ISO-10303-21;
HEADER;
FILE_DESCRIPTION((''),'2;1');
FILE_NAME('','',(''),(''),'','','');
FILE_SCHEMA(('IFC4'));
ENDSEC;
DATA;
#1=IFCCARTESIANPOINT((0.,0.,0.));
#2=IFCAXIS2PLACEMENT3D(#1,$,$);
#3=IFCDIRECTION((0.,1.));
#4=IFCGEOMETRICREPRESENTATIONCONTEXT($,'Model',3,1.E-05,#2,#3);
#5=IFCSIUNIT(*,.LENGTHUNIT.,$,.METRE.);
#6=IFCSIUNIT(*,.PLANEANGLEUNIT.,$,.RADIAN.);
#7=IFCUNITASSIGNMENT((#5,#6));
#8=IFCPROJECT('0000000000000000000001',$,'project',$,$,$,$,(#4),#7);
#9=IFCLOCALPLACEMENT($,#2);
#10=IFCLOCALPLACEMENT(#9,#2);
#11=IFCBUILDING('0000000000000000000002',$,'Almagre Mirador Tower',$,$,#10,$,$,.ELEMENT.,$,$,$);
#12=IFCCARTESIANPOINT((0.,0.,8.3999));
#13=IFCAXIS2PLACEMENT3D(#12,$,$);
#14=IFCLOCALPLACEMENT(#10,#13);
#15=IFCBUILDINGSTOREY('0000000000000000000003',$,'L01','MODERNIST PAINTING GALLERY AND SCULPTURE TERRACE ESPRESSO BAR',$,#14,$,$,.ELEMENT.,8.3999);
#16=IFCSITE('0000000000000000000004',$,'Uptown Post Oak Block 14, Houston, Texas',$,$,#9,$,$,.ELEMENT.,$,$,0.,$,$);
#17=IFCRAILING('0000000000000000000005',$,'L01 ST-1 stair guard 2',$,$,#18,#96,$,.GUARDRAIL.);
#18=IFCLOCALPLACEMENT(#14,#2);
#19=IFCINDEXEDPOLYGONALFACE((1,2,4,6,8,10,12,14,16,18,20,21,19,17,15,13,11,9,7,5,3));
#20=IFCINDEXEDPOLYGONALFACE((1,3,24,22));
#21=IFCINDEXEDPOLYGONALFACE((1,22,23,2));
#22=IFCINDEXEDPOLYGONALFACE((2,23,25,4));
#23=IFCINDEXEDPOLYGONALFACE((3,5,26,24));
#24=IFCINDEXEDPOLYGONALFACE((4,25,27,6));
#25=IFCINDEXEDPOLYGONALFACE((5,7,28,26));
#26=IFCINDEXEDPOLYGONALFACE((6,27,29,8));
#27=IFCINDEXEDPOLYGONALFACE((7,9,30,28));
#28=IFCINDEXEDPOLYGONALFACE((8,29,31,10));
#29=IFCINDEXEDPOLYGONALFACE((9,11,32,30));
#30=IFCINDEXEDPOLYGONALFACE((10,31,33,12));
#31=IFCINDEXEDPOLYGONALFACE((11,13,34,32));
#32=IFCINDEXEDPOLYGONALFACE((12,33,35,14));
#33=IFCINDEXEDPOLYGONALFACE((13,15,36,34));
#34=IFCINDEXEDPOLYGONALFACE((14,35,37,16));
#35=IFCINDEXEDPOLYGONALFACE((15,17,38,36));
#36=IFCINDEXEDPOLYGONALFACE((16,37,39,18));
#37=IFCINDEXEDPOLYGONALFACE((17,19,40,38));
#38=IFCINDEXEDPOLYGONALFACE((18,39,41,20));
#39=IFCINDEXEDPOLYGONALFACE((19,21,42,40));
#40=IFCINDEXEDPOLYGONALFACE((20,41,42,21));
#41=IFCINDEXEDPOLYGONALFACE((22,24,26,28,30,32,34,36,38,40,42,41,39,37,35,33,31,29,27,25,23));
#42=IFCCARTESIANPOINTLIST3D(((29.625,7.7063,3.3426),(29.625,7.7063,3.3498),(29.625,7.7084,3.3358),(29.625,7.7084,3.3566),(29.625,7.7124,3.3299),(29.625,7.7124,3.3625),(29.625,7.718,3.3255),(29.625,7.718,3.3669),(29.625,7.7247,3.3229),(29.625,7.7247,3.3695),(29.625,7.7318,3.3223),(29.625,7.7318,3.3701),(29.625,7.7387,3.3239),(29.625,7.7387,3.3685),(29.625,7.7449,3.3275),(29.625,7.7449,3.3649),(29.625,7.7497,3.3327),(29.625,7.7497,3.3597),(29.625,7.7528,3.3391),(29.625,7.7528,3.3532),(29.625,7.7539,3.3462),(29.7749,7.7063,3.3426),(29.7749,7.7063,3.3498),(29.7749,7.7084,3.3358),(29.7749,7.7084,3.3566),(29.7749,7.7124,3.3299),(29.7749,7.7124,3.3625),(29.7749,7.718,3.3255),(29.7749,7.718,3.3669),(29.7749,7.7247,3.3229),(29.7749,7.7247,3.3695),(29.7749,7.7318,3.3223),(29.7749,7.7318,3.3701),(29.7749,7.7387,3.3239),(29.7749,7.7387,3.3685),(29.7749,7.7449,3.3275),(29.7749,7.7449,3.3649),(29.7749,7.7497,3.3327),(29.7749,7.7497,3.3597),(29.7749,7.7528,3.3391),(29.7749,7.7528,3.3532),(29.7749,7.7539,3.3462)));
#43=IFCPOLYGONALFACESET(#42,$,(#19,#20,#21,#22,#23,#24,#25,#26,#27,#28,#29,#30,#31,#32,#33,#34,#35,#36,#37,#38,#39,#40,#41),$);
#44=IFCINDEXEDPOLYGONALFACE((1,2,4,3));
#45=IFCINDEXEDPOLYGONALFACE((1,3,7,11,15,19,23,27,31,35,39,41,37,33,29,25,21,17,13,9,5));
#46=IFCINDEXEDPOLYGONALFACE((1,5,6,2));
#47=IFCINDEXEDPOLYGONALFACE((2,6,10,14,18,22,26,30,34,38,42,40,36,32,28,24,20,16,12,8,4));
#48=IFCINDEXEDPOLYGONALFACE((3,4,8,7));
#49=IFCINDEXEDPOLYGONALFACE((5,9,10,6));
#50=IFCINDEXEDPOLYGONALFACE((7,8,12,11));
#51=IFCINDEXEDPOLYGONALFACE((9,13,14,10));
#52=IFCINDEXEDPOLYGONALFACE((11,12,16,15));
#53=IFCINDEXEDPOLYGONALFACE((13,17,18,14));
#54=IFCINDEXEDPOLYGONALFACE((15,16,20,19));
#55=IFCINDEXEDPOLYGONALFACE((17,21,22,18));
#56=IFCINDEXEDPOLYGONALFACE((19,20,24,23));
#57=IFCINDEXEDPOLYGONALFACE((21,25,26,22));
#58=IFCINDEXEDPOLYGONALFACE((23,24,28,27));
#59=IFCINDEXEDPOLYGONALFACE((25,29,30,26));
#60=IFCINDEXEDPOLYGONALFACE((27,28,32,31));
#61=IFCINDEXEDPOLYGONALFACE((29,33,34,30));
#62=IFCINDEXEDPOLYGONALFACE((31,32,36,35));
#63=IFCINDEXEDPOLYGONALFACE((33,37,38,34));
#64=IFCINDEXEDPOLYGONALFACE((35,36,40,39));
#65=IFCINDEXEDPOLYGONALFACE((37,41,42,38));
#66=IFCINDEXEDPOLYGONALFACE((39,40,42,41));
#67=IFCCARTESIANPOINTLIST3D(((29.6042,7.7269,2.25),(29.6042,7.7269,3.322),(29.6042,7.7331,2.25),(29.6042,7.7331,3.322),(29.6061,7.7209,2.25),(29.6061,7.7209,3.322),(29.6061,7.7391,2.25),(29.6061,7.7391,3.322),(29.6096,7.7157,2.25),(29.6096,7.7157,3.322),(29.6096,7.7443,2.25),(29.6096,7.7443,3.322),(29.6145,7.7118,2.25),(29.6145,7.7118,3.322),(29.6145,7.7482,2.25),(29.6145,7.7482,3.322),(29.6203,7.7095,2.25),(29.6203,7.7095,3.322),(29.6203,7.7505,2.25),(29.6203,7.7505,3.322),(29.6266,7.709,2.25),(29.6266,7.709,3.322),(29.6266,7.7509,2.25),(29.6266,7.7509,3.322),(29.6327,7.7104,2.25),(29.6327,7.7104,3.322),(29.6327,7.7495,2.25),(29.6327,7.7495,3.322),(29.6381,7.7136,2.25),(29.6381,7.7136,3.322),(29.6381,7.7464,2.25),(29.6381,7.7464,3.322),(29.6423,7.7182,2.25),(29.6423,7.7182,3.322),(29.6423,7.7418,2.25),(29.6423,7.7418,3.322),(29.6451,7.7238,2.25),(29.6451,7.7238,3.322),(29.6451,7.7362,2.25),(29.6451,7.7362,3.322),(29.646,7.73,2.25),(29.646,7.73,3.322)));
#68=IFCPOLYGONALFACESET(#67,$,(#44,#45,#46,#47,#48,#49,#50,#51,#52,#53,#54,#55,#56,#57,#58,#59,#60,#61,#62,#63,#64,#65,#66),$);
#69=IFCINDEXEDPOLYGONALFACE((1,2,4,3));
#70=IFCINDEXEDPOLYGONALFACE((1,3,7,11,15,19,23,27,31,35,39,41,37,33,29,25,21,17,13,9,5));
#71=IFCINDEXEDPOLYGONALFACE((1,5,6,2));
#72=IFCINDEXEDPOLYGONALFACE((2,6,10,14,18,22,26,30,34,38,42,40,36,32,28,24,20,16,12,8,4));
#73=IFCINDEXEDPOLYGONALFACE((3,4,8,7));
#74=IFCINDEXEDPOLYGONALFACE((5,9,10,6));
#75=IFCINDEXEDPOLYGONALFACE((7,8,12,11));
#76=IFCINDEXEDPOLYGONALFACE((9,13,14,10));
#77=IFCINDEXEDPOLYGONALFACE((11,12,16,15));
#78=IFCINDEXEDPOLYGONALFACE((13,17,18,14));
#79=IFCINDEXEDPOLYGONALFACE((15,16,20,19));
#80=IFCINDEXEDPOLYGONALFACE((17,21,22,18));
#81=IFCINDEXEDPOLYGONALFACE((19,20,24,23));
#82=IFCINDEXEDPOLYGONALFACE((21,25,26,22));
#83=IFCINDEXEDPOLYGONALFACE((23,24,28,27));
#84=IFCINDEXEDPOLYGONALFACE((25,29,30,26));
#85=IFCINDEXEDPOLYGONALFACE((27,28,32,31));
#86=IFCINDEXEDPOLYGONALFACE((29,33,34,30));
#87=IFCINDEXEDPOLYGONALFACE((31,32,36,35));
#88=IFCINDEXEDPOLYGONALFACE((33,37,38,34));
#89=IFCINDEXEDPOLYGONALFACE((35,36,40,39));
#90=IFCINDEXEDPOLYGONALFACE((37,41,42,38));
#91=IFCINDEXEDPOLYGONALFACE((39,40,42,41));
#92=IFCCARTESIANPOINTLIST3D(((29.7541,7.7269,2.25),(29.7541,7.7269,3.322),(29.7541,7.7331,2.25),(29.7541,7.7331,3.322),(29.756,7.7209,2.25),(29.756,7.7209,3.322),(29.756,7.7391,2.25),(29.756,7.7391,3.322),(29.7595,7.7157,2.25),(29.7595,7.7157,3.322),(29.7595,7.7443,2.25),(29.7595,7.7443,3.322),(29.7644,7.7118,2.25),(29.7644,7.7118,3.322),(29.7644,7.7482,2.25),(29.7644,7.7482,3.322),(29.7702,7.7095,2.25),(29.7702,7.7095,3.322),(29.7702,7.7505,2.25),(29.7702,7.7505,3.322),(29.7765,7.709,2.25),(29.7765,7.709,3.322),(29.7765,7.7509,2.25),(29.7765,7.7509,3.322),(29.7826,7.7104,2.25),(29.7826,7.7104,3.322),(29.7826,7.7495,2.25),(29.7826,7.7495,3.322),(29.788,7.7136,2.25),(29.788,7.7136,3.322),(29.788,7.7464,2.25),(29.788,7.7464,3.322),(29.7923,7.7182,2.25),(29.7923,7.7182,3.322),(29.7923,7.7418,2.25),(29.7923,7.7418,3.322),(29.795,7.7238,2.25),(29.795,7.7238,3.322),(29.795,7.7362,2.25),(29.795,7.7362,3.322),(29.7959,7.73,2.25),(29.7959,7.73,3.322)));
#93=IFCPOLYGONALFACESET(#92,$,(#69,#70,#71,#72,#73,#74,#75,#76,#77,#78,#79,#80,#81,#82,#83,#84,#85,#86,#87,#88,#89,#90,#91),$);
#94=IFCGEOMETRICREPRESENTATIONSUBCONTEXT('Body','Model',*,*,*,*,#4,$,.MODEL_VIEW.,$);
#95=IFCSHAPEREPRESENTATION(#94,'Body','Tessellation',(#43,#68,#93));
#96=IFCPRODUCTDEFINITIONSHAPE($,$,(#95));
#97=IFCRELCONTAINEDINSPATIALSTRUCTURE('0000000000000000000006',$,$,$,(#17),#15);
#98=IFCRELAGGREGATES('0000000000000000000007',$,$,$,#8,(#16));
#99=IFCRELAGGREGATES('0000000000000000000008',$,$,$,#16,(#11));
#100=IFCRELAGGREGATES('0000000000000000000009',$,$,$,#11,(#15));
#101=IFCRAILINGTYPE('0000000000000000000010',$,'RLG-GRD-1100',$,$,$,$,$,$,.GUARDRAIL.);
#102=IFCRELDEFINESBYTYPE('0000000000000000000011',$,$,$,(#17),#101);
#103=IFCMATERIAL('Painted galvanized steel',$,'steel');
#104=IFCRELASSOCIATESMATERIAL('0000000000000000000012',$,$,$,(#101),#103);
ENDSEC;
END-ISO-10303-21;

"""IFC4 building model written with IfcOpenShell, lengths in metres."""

from ifc_helpers import new_model, si_unit, direction, frame, origin, origin_2d, place, context, subcontext, project, spatial, circle, extrude, material, type_object, element, save


model = new_model("IFC4")

# Units and contexts
model_context = context("Model", 3, precision=1e-05, world=origin(), true_north=direction((0.0, 1.0)))
body_context = subcontext(model_context, "Body", "Model", "MODEL_VIEW")
ifc_project = project(units=[si_unit("LENGTHUNIT", "METRE"), si_unit("PLANEANGLEUNIT", "RADIAN")], contexts=[model_context])

# Site, building, storey
site_placement = place(None, origin())
site = spatial("IfcSite", under=ifc_project, at=site_placement, Name="Uptown Post Oak Block 14, Houston, Texas", CompositionType="ELEMENT", RefElevation=0.0)
building_placement = place(site_placement, origin())
building = spatial("IfcBuilding", under=site, at=building_placement, Name="Almagre Mirador Tower", CompositionType="ELEMENT")
storey_placement = place(building_placement, frame((0.0, 0.0, 8.3999)))
storey = spatial("IfcBuildingStorey", under=building, at=storey_placement, Name="L01", Description="MODERNIST PAINTING GALLERY AND SCULPTURE TERRACE ESPRESSO BAR", CompositionType="ELEMENT", Elevation=8.3999)

# Railing
ifc_material_1 = material(Name="Painted galvanized steel", Category="steel")
railing_type_1 = type_object("IfcRailingType", Name="RLG-GRD-1100", PredefinedType="GUARDRAIL", material=ifc_material_1)
railing_1_placement = place(storey_placement, frame((29.625, 7.73, 2.25)))
element("IfcRailing", 1, at=railing_1_placement, inside=storey, type_object=railing_type_1, Name="L01 ST-1 stair guard 2", PredefinedType="GUARDRAIL", context=body_context, shape_type="SweptSolid", body=[
    extrude(circle(Radius=0.0239, at=origin_2d()), frame((0.0, 0.0, 1.0962), z_axis=(1.0, 0.0, 0.0), x_axis=(0.0, 1.0, 0.0)), (0.0, 0.0, 1.0), 0.1499),
    extrude(circle(Radius=0.021, at=origin_2d()), origin(), (0.0, 0.0, 1.0), 1.072),
    extrude(circle(Radius=0.021, at=origin_2d()), frame((0.1499, 0.0, 0.0)), (0.0, 0.0, 1.0), 1.072),
])

save(model, "model.ifc")
